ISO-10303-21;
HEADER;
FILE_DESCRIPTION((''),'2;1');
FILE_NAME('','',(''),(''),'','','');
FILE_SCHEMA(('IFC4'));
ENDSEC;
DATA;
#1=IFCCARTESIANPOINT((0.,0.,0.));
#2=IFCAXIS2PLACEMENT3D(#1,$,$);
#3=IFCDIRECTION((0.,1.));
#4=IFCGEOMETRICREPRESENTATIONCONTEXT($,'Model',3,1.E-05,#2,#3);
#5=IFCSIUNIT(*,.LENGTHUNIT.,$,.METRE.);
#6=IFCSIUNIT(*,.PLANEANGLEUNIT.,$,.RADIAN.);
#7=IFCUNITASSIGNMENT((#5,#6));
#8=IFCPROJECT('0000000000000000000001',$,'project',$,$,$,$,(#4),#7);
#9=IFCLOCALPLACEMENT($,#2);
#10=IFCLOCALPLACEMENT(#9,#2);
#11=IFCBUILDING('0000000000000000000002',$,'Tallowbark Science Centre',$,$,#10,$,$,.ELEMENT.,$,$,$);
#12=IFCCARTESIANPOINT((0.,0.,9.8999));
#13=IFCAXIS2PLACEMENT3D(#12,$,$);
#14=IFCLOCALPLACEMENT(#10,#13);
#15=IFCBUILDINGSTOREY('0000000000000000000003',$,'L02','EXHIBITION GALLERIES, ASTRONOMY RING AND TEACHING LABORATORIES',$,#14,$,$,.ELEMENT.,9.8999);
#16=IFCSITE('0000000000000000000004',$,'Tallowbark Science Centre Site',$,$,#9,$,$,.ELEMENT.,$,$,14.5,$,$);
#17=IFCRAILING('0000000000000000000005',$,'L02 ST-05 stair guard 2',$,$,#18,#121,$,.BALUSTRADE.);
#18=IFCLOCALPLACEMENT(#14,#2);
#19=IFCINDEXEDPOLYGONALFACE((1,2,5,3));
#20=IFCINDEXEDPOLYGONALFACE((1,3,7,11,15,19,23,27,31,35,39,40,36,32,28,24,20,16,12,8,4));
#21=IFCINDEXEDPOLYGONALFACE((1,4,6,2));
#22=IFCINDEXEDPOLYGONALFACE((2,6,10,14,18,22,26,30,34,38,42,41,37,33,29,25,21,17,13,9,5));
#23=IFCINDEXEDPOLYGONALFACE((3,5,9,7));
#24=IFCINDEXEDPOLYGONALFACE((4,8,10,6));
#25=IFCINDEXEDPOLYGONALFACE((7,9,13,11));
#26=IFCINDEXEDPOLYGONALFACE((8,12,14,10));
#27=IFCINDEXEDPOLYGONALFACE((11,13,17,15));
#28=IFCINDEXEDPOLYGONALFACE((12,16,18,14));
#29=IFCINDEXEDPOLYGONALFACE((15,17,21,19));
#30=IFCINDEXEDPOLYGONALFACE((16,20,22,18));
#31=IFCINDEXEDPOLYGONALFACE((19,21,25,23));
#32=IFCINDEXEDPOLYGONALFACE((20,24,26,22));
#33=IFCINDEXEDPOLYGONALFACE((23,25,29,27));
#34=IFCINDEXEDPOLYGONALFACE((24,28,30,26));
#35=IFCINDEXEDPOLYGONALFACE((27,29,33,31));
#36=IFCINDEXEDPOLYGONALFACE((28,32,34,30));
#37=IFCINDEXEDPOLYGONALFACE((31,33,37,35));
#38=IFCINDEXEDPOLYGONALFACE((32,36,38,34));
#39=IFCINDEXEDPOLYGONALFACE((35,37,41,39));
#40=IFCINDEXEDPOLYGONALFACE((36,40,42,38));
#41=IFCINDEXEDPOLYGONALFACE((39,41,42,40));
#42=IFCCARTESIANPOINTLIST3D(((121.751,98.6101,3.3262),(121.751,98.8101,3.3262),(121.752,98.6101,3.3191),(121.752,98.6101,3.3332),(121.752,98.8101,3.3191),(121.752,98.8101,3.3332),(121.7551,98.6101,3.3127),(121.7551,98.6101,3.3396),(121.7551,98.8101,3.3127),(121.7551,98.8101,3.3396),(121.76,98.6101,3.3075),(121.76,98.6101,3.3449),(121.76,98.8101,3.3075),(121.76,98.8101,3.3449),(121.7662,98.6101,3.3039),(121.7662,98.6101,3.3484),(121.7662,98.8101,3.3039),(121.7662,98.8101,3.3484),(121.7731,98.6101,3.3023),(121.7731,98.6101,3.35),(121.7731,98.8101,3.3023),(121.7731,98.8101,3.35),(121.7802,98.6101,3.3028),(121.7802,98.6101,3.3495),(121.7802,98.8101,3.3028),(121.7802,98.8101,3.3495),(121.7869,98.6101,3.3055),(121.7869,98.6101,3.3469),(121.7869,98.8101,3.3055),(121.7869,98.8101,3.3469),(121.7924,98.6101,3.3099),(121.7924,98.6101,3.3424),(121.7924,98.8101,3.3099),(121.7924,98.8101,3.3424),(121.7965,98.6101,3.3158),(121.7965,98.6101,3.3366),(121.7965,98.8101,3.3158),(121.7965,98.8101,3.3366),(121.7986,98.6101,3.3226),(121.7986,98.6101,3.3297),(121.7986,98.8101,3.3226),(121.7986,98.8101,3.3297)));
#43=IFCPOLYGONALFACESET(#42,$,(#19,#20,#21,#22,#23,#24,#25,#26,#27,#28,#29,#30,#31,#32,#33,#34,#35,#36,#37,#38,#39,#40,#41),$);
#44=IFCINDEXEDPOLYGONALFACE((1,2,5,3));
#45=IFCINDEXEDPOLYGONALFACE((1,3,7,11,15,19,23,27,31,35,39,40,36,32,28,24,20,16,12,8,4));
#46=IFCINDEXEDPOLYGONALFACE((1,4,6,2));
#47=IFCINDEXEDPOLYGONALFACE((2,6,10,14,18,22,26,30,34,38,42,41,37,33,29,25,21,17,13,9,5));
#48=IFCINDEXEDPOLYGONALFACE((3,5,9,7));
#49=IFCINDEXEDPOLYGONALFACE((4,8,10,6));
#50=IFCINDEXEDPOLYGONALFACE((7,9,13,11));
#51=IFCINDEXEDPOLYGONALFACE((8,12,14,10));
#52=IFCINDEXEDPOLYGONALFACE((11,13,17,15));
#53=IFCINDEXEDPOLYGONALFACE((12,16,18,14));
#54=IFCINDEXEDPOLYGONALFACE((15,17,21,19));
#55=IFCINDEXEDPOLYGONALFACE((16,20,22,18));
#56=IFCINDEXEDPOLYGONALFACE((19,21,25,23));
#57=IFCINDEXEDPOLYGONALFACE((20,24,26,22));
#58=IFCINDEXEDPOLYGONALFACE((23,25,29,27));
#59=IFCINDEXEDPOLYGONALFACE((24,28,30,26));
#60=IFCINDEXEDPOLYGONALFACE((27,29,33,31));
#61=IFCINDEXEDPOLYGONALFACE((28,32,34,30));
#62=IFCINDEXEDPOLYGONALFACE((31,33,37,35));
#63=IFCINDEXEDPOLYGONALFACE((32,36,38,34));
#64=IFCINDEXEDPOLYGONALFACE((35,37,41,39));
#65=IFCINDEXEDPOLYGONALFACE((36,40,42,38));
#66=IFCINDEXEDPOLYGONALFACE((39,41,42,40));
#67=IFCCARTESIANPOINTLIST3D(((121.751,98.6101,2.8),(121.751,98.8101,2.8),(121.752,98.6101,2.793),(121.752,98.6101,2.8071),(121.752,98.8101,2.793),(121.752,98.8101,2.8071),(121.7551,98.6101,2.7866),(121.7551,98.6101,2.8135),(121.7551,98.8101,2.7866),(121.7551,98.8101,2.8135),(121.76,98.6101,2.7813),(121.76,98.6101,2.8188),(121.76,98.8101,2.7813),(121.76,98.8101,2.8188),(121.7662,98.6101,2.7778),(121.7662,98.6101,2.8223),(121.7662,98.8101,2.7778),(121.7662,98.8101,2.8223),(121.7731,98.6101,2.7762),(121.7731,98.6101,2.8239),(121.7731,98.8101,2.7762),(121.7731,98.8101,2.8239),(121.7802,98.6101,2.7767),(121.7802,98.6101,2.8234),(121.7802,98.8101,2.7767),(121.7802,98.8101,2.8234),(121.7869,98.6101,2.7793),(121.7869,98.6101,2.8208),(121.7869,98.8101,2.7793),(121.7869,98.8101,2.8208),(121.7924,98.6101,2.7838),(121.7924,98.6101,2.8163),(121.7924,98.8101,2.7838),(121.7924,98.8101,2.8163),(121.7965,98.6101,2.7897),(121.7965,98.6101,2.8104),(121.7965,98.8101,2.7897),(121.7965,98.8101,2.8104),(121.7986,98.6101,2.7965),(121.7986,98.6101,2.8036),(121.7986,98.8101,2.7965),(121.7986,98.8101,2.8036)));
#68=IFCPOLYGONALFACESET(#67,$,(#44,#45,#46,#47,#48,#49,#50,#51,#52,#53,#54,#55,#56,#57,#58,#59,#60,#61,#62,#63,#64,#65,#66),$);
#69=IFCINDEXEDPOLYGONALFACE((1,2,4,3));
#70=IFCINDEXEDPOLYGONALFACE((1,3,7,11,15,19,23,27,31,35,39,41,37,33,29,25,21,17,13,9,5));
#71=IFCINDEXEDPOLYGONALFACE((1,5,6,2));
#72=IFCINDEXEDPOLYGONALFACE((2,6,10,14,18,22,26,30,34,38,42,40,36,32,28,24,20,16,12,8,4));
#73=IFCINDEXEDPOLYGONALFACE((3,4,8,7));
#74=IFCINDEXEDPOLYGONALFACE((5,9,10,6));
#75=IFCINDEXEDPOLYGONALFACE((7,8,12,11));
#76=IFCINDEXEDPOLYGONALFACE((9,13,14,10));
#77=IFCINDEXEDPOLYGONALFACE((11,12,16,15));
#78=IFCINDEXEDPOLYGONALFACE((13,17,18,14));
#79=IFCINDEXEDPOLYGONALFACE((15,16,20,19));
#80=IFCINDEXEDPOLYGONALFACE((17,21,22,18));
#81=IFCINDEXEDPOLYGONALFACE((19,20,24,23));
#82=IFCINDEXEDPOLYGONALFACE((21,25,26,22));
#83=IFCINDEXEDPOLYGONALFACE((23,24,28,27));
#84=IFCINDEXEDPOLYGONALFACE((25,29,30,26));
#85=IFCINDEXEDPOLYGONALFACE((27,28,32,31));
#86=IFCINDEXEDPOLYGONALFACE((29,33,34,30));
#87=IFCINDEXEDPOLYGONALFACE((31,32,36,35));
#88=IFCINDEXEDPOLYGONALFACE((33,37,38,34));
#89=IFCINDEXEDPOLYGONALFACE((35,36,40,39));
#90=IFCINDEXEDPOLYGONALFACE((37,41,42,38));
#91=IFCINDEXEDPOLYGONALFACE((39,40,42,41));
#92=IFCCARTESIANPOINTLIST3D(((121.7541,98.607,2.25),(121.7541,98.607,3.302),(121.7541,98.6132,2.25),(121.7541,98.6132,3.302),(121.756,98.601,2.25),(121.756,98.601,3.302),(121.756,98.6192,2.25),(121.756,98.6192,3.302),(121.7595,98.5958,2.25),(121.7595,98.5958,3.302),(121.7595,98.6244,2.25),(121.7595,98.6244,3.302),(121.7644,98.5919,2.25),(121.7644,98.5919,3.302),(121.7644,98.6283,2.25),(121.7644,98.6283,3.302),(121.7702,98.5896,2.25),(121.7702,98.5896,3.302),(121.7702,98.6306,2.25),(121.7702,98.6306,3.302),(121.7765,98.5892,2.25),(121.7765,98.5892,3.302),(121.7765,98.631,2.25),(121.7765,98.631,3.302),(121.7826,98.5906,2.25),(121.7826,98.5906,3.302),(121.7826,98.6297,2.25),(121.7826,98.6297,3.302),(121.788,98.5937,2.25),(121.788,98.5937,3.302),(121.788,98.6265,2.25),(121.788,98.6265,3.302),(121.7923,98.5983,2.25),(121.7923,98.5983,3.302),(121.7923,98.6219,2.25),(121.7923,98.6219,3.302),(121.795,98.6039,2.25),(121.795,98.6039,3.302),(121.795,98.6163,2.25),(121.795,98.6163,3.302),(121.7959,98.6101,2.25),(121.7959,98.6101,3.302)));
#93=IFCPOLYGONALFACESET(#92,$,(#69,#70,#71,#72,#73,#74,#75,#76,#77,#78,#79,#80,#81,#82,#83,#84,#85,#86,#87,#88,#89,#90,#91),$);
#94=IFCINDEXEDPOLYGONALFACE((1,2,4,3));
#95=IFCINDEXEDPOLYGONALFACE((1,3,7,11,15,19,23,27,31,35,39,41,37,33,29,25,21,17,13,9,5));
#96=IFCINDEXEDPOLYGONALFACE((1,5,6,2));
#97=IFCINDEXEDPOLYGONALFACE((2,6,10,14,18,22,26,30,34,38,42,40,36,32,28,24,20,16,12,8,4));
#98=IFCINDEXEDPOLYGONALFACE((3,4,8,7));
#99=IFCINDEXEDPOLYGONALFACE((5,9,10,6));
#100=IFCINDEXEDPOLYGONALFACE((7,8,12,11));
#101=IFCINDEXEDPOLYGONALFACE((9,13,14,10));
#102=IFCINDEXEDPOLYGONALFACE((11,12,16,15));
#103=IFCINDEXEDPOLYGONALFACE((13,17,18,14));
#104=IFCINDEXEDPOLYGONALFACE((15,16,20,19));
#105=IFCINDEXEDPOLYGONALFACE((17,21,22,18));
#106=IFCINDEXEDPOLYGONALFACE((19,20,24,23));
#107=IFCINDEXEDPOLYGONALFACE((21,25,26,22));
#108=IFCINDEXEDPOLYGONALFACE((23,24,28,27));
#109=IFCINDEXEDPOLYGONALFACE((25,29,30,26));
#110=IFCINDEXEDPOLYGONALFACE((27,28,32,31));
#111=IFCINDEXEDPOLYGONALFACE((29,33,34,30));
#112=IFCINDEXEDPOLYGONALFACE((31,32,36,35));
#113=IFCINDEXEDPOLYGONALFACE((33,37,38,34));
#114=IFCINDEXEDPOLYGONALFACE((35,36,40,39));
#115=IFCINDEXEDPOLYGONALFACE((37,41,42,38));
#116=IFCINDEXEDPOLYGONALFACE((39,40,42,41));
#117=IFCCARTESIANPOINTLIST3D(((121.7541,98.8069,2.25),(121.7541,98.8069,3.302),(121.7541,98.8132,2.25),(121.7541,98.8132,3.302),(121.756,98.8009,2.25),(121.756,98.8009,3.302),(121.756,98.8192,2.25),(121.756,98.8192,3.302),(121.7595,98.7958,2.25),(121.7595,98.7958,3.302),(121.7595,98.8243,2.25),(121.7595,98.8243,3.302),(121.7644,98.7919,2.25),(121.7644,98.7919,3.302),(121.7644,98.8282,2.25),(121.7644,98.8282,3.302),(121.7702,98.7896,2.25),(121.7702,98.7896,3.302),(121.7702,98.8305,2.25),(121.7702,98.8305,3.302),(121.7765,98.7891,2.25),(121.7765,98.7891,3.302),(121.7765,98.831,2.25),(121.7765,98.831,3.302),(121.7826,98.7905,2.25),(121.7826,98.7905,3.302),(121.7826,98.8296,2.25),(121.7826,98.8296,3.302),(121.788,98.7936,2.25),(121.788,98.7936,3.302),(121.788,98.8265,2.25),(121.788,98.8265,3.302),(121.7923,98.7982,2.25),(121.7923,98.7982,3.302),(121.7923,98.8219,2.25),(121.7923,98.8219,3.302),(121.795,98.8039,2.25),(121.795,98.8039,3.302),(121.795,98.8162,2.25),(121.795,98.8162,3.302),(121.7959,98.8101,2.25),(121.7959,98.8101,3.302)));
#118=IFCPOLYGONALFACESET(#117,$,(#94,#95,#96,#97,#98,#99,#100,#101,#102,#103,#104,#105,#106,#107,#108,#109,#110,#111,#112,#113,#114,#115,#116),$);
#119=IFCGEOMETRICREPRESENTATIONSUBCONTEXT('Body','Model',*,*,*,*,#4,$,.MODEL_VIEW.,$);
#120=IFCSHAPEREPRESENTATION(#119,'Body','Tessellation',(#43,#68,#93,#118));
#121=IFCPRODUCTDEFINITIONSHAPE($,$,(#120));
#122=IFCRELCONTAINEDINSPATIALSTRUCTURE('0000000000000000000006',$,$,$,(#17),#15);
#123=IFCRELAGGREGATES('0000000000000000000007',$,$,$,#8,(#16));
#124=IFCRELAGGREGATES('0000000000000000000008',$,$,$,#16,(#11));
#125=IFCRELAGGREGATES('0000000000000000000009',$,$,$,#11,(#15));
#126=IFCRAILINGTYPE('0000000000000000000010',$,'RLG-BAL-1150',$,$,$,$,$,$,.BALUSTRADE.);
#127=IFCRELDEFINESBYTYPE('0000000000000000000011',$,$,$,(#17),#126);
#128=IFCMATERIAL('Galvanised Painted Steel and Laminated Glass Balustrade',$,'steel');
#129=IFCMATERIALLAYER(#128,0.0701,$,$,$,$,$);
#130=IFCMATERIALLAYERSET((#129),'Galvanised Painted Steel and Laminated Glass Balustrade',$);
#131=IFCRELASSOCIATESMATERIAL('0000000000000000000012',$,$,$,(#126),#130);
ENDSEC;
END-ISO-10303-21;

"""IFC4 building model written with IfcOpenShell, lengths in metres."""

from ifc_helpers import new_model, si_unit, direction, frame, origin, origin_2d, place, context, subcontext, project, spatial, circle, extrude, material, layer, layer_set, type_object, element, save


model = new_model("IFC4")

# Units and contexts
model_context = context("Model", 3, precision=1e-05, world=origin(), true_north=direction((0.0, 1.0)))
body_context = subcontext(model_context, "Body", "Model", "MODEL_VIEW")
ifc_project = project(units=[si_unit("LENGTHUNIT", "METRE"), si_unit("PLANEANGLEUNIT", "RADIAN")], contexts=[model_context])

# Site, building, storey
site_placement = place(None, origin())
site = spatial("IfcSite", under=ifc_project, at=site_placement, Name="Tallowbark Science Centre Site", CompositionType="ELEMENT", RefElevation=14.5)
building_placement = place(site_placement, origin())
building = spatial("IfcBuilding", under=site, at=building_placement, Name="Tallowbark Science Centre", CompositionType="ELEMENT")
storey_placement = place(building_placement, frame((0.0, 0.0, 9.8999)))
storey = spatial("IfcBuildingStorey", under=building, at=storey_placement, Name="L02", Description="EXHIBITION GALLERIES, ASTRONOMY RING AND TEACHING LABORATORIES", CompositionType="ELEMENT", Elevation=9.8999)

# Railing
ifc_material_1 = material(Name="Galvanised Painted Steel and Laminated Glass Balustrade", Category="steel")
ifc_layer_1 = layer(ifc_material_1, 0.0701)
ifc_layer_set_1 = layer_set([ifc_layer_1], Name="Galvanised Painted Steel and Laminated Glass Balustrade")
railing_type_1 = type_object("IfcRailingType", Name="RLG-BAL-1150", PredefinedType="BALUSTRADE", material=ifc_layer_set_1)
railing_1_placement = place(storey_placement, frame((121.7749, 98.6101, 2.25)))
element("IfcRailing", 1, at=railing_1_placement, inside=storey, type_object=railing_type_1, Name="L02 ST-05 stair guard 2", PredefinedType="BALUSTRADE", context=body_context, shape_type="SweptSolid", body=[
    extrude(circle(Radius=0.0239, at=origin_2d()), frame((0.0, 0.0, 1.0762), z_axis=(0.0, 1.0, 0.0), x_axis=(-1.0, 0.0, 0.0)), (0.0, 0.0, 1.0), 0.2),
    extrude(circle(Radius=0.0239, at=origin_2d()), frame((0.0, 0.0, 0.55), z_axis=(0.0, 1.0, 0.0), x_axis=(-1.0, 0.0, 0.0)), (0.0, 0.0, 1.0), 0.2),
    extrude(circle(Radius=0.021, at=origin_2d()), origin(), (0.0, 0.0, 1.0), 1.052),
    extrude(circle(Radius=0.021, at=origin_2d()), frame((0.0, 0.2, 0.0)), (0.0, 0.0, 1.0), 1.052),
])

save(model, "model.ifc")
